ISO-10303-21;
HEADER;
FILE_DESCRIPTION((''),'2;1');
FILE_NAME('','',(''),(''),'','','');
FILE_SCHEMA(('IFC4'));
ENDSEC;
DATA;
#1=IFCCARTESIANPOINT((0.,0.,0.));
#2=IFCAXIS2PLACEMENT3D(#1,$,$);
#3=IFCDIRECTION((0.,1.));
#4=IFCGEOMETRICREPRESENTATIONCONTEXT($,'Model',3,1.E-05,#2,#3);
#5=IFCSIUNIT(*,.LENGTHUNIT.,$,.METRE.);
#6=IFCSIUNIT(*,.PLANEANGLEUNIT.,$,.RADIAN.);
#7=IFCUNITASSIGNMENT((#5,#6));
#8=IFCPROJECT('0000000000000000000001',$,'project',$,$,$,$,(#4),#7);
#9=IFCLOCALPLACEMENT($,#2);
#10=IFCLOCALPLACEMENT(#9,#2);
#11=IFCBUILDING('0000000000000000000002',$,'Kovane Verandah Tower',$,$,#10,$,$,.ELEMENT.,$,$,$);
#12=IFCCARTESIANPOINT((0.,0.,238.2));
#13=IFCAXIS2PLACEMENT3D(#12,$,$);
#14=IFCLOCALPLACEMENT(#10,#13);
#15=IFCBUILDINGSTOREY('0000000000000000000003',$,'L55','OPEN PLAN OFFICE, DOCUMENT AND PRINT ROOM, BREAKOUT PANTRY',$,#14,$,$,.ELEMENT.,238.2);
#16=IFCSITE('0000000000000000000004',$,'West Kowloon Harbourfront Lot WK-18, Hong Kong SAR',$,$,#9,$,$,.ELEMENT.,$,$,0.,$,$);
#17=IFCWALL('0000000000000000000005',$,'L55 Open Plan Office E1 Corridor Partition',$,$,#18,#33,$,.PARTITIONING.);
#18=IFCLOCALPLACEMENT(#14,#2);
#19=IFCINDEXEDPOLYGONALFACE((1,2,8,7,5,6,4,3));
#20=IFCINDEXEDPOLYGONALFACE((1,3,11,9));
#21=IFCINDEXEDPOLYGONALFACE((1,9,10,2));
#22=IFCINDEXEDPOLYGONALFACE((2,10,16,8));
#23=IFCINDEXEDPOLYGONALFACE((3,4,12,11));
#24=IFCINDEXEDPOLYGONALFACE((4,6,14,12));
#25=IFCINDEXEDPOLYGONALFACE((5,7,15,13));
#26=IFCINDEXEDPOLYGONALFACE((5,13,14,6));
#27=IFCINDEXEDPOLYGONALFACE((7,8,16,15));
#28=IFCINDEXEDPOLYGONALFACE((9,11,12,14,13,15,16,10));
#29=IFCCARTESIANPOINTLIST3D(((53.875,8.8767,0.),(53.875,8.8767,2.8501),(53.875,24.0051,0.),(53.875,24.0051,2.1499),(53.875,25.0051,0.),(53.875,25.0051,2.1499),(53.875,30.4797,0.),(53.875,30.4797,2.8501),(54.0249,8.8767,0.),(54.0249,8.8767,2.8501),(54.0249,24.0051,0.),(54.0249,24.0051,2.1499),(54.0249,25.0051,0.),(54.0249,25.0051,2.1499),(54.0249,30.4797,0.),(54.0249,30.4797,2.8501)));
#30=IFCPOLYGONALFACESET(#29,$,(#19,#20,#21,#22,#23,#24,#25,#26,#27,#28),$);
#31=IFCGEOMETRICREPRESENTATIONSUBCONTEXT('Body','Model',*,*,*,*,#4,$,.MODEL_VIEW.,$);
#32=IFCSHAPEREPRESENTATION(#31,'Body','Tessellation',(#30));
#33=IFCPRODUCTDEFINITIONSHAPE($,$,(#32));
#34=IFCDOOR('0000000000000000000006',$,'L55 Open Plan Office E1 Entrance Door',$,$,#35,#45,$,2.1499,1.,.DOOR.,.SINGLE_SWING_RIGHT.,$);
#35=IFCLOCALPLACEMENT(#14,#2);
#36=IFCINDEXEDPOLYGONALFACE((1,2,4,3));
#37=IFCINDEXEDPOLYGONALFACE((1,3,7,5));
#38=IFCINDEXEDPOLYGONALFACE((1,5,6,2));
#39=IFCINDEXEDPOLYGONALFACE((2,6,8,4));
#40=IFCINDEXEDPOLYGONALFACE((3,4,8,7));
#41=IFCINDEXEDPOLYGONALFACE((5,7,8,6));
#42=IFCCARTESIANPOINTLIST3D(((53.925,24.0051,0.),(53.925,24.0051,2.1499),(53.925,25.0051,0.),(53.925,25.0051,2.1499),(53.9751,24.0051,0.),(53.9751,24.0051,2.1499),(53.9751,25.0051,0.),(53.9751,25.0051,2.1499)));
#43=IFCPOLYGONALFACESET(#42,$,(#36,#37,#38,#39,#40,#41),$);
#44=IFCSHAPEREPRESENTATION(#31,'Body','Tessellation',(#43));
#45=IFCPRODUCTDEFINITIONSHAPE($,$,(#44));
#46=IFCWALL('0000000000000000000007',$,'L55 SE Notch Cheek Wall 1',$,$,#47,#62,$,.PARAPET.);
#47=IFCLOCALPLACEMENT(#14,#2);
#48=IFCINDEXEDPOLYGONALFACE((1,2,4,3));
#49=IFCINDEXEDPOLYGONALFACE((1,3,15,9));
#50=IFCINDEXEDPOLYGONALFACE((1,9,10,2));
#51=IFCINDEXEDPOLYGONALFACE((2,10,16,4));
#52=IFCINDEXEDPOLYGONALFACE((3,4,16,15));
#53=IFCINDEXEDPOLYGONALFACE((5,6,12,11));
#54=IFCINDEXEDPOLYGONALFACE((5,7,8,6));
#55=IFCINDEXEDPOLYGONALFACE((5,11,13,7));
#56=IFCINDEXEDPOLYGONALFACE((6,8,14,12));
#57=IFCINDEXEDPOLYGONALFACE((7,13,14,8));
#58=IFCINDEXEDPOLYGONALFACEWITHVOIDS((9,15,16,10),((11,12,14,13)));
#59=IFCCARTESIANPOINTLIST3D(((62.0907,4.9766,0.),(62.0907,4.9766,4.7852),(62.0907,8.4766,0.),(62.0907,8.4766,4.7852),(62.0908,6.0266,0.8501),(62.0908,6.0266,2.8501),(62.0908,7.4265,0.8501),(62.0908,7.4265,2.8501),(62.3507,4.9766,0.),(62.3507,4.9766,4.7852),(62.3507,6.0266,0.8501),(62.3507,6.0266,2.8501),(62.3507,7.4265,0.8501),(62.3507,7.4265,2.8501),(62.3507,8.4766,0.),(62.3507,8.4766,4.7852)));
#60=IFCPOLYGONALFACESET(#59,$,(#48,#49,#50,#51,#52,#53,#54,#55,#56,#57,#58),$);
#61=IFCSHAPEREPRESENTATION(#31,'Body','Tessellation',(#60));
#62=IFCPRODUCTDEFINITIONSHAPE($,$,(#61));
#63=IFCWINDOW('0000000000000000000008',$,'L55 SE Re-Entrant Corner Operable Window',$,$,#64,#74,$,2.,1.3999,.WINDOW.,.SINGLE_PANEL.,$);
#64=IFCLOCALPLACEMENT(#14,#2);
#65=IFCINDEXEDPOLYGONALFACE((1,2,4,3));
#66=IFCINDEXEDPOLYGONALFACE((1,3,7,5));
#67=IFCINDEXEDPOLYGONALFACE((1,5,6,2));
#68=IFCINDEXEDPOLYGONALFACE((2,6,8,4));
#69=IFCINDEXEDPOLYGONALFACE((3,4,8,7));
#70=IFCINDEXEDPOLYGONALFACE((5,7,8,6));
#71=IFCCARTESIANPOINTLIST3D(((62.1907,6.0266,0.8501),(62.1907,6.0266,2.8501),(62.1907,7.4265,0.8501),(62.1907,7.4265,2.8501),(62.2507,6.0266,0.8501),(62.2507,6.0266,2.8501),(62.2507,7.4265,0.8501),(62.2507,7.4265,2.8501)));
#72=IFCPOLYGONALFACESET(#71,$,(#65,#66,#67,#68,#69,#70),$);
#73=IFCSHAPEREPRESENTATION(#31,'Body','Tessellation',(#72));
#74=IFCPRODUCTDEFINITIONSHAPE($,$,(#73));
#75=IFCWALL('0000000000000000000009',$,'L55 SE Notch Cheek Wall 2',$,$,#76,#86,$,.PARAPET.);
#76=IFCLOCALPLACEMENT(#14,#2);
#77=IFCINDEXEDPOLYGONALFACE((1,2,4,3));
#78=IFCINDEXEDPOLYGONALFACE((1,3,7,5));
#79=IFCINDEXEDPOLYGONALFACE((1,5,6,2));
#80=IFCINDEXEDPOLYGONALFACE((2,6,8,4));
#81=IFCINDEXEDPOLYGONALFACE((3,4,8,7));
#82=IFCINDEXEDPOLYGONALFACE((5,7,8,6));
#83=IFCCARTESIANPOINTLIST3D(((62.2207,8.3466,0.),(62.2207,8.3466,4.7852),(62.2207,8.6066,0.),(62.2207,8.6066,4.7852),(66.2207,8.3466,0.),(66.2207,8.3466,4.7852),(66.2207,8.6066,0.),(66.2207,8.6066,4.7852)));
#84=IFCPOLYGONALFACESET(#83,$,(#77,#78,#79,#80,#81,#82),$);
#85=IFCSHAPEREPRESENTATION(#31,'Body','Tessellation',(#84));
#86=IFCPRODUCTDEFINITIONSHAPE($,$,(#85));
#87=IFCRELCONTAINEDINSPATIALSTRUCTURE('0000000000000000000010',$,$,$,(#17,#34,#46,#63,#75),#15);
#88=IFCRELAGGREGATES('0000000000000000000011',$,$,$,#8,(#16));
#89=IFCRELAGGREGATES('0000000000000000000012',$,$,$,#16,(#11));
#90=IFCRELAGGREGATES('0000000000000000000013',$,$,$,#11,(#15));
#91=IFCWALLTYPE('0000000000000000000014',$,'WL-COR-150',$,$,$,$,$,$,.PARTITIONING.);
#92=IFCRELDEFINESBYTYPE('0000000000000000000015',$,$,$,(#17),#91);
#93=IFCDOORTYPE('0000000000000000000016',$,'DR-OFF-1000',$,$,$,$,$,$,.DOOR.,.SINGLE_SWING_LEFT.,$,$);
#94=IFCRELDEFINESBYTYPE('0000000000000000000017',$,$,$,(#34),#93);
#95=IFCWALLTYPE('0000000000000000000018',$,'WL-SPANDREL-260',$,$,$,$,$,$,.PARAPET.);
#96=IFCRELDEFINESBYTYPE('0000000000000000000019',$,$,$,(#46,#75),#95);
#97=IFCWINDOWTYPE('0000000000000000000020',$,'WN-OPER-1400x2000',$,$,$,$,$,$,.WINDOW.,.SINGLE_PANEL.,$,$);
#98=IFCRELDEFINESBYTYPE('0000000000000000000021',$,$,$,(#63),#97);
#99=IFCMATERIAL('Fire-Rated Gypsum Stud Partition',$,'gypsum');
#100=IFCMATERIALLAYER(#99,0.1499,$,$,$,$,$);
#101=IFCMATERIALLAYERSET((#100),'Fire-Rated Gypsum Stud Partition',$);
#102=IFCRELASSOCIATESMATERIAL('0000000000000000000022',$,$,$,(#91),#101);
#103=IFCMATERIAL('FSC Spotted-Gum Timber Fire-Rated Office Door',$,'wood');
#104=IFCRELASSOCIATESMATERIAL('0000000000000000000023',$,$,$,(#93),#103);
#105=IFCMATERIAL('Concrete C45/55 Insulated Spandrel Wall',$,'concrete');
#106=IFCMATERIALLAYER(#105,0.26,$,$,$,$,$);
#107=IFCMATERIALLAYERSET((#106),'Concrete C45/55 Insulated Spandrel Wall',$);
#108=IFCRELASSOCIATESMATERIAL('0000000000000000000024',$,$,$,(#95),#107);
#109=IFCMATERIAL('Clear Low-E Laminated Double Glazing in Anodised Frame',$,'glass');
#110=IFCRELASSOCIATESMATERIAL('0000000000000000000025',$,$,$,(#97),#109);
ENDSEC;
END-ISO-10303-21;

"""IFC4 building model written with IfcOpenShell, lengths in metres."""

from ifc_helpers import new_model, si_unit, direction, frame, frame_2d, origin, place, context, subcontext, project, spatial, rectangle, extrude, material, layer, layer_set, type_object, element, fill, save


model = new_model("IFC4")

# Units and contexts
model_context = context("Model", 3, precision=1e-05, world=origin(), true_north=direction((0.0, 1.0)))
body_context = subcontext(model_context, "Body", "Model", "MODEL_VIEW")
ifc_project = project(units=[si_unit("LENGTHUNIT", "METRE"), si_unit("PLANEANGLEUNIT", "RADIAN")], contexts=[model_context])

# Site, building, storey
site_placement = place(None, origin())
site = spatial("IfcSite", under=ifc_project, at=site_placement, Name="West Kowloon Harbourfront Lot WK-18, Hong Kong SAR", CompositionType="ELEMENT", RefElevation=0.0)
building_placement = place(site_placement, origin())
building = spatial("IfcBuilding", under=site, at=building_placement, Name="Kovane Verandah Tower", CompositionType="ELEMENT")
storey_placement = place(building_placement, frame((0.0, 0.0, 238.2)))
storey = spatial("IfcBuildingStorey", under=building, at=storey_placement, Name="L55", Description="OPEN PLAN OFFICE, DOCUMENT AND PRINT ROOM, BREAKOUT PANTRY", CompositionType="ELEMENT", Elevation=238.2)

# Wall, opening, door
ifc_material_1 = material(Name="Fire-Rated Gypsum Stud Partition", Category="gypsum")
ifc_layer_1 = layer(ifc_material_1, 0.1499)
ifc_layer_set_1 = layer_set([ifc_layer_1], Name="Fire-Rated Gypsum Stud Partition")
wall_type_1 = type_object("IfcWallType", Name="WL-COR-150", PredefinedType="PARTITIONING", material=ifc_layer_set_1)
wall_1_placement = place(storey_placement, frame((53.95, 8.8767, 0.0), z_axis=(0.0, 0.0, 1.0), x_axis=(0.0, 1.0, 0.0)))
wall_1 = element("IfcWall", 1, at=wall_1_placement, inside=storey, type_object=wall_type_1, Name="L55 Open Plan Office E1 Corridor Partition", PredefinedType="PARTITIONING", context=body_context, shape_type="SweptSolid", body=[
    extrude(rectangle(XDim=21.603, YDim=0.1499, at=frame_2d((10.8015, 0.0))), origin(), (0.0, 0.0, 1.0), 2.8501),
])
opening_1_placement = place(wall_1_placement, frame((15.1284, 0.0, 0.0)))
opening_1 = element("IfcOpeningElement", 2, at=opening_1_placement, cuts=wall_1, PredefinedType="OPENING", context=body_context, shape_type="SweptSolid", body=[
    extrude(rectangle(XDim=1.0, YDim=2.1499, at=frame_2d((0.5, 1.075))), frame((0.0, 0.075, 0.0), z_axis=(0.0, -1.0, 0.0), x_axis=(1.0, 0.0, 0.0)), (0.0, 0.0, 1.0), 0.1499),
])
ifc_material_2 = material(Name="FSC Spotted-Gum Timber Fire-Rated Office Door", Category="wood")
door_type = type_object("IfcDoorType", Name="DR-OFF-1000", OperationType="SINGLE_SWING_LEFT", PredefinedType="DOOR", material=ifc_material_2)
door_placement = place(opening_1_placement, origin())
door = element("IfcDoor", 3, at=door_placement, inside=storey, type_object=door_type, Name="L55 Open Plan Office E1 Entrance Door", OperationType="SINGLE_SWING_RIGHT", OverallHeight=2.1499, OverallWidth=1.0, PredefinedType="DOOR", context=body_context, shape_type="SweptSolid", body=[
    extrude(rectangle(XDim=1.0, YDim=2.1499, at=frame_2d((0.5, 1.075))), frame((0.0, 0.0249, 0.0), z_axis=(0.0, -1.0, 0.0), x_axis=(1.0, 0.0, 0.0)), (0.0, 0.0, 1.0), 0.05),
])
fill(opening_1, door)

# Wall, opening, window
ifc_material_3 = material(Name="Concrete C45/55 Insulated Spandrel Wall", Category="concrete")
ifc_layer_2 = layer(ifc_material_3, 0.26)
ifc_layer_set_2 = layer_set([ifc_layer_2], Name="Concrete C45/55 Insulated Spandrel Wall")
wall_type_2 = type_object("IfcWallType", Name="WL-SPANDREL-260", PredefinedType="PARAPET", material=ifc_layer_set_2)
wall_2_placement = place(storey_placement, frame((62.2207, 4.9766, 0.0), z_axis=(0.0, 0.0, 1.0), x_axis=(0.0, 1.0, 0.0)))
wall_2 = element("IfcWall", 4, at=wall_2_placement, inside=storey, type_object=wall_type_2, Name="L55 SE Notch Cheek Wall 1", PredefinedType="PARAPET", context=body_context, shape_type="SweptSolid", body=[
    extrude(rectangle(XDim=3.5, YDim=0.26, at=frame_2d((1.75, 0.0))), origin(), (0.0, 0.0, 1.0), 4.7852),
])
opening_2_placement = place(wall_2_placement, frame((1.05, 0.0, 0.8501)))
opening_2 = element("IfcOpeningElement", 5, at=opening_2_placement, cuts=wall_2, PredefinedType="OPENING", context=body_context, shape_type="SweptSolid", body=[
    extrude(rectangle(XDim=1.3999, YDim=2.0, at=frame_2d((0.7, 1.0))), frame((0.0, 0.1299, 0.0), z_axis=(0.0, -1.0, 0.0), x_axis=(1.0, 0.0, 0.0)), (0.0, 0.0, 1.0), 0.26),
])
ifc_material_4 = material(Name="Clear Low-E Laminated Double Glazing in Anodised Frame", Category="glass")
window_type = type_object("IfcWindowType", Name="WN-OPER-1400x2000", PartitioningType="SINGLE_PANEL", PredefinedType="WINDOW", material=ifc_material_4)
window_placement = place(opening_2_placement, origin())
window = element("IfcWindow", 6, at=window_placement, inside=storey, type_object=window_type, Name="L55 SE Re-Entrant Corner Operable Window", OverallHeight=2.0, OverallWidth=1.3999, PartitioningType="SINGLE_PANEL", PredefinedType="WINDOW", context=body_context, shape_type="SweptSolid", body=[
    extrude(rectangle(XDim=1.3999, YDim=2.0, at=frame_2d((0.7, 1.0))), frame((0.0, 0.03, 0.0), z_axis=(0.0, -1.0, 0.0), x_axis=(1.0, 0.0, 0.0)), (0.0, 0.0, 1.0), 0.0601),
])
fill(opening_2, window)

# Wall
wall_3_placement = place(storey_placement, frame((62.2207, 8.4766, 0.0), z_axis=(0.0, 0.0, 1.0), x_axis=(1.0, 0.0, 0.0)))
element("IfcWall", 7, at=wall_3_placement, inside=storey, type_object=wall_type_2, Name="L55 SE Notch Cheek Wall 2", PredefinedType="PARAPET", context=body_context, shape_type="SweptSolid", body=[
    extrude(rectangle(XDim=4.0, YDim=0.26, at=frame_2d((2.0, 0.0))), origin(), (0.0, 0.0, 1.0), 4.7852),
])

save(model, "model.ifc")
